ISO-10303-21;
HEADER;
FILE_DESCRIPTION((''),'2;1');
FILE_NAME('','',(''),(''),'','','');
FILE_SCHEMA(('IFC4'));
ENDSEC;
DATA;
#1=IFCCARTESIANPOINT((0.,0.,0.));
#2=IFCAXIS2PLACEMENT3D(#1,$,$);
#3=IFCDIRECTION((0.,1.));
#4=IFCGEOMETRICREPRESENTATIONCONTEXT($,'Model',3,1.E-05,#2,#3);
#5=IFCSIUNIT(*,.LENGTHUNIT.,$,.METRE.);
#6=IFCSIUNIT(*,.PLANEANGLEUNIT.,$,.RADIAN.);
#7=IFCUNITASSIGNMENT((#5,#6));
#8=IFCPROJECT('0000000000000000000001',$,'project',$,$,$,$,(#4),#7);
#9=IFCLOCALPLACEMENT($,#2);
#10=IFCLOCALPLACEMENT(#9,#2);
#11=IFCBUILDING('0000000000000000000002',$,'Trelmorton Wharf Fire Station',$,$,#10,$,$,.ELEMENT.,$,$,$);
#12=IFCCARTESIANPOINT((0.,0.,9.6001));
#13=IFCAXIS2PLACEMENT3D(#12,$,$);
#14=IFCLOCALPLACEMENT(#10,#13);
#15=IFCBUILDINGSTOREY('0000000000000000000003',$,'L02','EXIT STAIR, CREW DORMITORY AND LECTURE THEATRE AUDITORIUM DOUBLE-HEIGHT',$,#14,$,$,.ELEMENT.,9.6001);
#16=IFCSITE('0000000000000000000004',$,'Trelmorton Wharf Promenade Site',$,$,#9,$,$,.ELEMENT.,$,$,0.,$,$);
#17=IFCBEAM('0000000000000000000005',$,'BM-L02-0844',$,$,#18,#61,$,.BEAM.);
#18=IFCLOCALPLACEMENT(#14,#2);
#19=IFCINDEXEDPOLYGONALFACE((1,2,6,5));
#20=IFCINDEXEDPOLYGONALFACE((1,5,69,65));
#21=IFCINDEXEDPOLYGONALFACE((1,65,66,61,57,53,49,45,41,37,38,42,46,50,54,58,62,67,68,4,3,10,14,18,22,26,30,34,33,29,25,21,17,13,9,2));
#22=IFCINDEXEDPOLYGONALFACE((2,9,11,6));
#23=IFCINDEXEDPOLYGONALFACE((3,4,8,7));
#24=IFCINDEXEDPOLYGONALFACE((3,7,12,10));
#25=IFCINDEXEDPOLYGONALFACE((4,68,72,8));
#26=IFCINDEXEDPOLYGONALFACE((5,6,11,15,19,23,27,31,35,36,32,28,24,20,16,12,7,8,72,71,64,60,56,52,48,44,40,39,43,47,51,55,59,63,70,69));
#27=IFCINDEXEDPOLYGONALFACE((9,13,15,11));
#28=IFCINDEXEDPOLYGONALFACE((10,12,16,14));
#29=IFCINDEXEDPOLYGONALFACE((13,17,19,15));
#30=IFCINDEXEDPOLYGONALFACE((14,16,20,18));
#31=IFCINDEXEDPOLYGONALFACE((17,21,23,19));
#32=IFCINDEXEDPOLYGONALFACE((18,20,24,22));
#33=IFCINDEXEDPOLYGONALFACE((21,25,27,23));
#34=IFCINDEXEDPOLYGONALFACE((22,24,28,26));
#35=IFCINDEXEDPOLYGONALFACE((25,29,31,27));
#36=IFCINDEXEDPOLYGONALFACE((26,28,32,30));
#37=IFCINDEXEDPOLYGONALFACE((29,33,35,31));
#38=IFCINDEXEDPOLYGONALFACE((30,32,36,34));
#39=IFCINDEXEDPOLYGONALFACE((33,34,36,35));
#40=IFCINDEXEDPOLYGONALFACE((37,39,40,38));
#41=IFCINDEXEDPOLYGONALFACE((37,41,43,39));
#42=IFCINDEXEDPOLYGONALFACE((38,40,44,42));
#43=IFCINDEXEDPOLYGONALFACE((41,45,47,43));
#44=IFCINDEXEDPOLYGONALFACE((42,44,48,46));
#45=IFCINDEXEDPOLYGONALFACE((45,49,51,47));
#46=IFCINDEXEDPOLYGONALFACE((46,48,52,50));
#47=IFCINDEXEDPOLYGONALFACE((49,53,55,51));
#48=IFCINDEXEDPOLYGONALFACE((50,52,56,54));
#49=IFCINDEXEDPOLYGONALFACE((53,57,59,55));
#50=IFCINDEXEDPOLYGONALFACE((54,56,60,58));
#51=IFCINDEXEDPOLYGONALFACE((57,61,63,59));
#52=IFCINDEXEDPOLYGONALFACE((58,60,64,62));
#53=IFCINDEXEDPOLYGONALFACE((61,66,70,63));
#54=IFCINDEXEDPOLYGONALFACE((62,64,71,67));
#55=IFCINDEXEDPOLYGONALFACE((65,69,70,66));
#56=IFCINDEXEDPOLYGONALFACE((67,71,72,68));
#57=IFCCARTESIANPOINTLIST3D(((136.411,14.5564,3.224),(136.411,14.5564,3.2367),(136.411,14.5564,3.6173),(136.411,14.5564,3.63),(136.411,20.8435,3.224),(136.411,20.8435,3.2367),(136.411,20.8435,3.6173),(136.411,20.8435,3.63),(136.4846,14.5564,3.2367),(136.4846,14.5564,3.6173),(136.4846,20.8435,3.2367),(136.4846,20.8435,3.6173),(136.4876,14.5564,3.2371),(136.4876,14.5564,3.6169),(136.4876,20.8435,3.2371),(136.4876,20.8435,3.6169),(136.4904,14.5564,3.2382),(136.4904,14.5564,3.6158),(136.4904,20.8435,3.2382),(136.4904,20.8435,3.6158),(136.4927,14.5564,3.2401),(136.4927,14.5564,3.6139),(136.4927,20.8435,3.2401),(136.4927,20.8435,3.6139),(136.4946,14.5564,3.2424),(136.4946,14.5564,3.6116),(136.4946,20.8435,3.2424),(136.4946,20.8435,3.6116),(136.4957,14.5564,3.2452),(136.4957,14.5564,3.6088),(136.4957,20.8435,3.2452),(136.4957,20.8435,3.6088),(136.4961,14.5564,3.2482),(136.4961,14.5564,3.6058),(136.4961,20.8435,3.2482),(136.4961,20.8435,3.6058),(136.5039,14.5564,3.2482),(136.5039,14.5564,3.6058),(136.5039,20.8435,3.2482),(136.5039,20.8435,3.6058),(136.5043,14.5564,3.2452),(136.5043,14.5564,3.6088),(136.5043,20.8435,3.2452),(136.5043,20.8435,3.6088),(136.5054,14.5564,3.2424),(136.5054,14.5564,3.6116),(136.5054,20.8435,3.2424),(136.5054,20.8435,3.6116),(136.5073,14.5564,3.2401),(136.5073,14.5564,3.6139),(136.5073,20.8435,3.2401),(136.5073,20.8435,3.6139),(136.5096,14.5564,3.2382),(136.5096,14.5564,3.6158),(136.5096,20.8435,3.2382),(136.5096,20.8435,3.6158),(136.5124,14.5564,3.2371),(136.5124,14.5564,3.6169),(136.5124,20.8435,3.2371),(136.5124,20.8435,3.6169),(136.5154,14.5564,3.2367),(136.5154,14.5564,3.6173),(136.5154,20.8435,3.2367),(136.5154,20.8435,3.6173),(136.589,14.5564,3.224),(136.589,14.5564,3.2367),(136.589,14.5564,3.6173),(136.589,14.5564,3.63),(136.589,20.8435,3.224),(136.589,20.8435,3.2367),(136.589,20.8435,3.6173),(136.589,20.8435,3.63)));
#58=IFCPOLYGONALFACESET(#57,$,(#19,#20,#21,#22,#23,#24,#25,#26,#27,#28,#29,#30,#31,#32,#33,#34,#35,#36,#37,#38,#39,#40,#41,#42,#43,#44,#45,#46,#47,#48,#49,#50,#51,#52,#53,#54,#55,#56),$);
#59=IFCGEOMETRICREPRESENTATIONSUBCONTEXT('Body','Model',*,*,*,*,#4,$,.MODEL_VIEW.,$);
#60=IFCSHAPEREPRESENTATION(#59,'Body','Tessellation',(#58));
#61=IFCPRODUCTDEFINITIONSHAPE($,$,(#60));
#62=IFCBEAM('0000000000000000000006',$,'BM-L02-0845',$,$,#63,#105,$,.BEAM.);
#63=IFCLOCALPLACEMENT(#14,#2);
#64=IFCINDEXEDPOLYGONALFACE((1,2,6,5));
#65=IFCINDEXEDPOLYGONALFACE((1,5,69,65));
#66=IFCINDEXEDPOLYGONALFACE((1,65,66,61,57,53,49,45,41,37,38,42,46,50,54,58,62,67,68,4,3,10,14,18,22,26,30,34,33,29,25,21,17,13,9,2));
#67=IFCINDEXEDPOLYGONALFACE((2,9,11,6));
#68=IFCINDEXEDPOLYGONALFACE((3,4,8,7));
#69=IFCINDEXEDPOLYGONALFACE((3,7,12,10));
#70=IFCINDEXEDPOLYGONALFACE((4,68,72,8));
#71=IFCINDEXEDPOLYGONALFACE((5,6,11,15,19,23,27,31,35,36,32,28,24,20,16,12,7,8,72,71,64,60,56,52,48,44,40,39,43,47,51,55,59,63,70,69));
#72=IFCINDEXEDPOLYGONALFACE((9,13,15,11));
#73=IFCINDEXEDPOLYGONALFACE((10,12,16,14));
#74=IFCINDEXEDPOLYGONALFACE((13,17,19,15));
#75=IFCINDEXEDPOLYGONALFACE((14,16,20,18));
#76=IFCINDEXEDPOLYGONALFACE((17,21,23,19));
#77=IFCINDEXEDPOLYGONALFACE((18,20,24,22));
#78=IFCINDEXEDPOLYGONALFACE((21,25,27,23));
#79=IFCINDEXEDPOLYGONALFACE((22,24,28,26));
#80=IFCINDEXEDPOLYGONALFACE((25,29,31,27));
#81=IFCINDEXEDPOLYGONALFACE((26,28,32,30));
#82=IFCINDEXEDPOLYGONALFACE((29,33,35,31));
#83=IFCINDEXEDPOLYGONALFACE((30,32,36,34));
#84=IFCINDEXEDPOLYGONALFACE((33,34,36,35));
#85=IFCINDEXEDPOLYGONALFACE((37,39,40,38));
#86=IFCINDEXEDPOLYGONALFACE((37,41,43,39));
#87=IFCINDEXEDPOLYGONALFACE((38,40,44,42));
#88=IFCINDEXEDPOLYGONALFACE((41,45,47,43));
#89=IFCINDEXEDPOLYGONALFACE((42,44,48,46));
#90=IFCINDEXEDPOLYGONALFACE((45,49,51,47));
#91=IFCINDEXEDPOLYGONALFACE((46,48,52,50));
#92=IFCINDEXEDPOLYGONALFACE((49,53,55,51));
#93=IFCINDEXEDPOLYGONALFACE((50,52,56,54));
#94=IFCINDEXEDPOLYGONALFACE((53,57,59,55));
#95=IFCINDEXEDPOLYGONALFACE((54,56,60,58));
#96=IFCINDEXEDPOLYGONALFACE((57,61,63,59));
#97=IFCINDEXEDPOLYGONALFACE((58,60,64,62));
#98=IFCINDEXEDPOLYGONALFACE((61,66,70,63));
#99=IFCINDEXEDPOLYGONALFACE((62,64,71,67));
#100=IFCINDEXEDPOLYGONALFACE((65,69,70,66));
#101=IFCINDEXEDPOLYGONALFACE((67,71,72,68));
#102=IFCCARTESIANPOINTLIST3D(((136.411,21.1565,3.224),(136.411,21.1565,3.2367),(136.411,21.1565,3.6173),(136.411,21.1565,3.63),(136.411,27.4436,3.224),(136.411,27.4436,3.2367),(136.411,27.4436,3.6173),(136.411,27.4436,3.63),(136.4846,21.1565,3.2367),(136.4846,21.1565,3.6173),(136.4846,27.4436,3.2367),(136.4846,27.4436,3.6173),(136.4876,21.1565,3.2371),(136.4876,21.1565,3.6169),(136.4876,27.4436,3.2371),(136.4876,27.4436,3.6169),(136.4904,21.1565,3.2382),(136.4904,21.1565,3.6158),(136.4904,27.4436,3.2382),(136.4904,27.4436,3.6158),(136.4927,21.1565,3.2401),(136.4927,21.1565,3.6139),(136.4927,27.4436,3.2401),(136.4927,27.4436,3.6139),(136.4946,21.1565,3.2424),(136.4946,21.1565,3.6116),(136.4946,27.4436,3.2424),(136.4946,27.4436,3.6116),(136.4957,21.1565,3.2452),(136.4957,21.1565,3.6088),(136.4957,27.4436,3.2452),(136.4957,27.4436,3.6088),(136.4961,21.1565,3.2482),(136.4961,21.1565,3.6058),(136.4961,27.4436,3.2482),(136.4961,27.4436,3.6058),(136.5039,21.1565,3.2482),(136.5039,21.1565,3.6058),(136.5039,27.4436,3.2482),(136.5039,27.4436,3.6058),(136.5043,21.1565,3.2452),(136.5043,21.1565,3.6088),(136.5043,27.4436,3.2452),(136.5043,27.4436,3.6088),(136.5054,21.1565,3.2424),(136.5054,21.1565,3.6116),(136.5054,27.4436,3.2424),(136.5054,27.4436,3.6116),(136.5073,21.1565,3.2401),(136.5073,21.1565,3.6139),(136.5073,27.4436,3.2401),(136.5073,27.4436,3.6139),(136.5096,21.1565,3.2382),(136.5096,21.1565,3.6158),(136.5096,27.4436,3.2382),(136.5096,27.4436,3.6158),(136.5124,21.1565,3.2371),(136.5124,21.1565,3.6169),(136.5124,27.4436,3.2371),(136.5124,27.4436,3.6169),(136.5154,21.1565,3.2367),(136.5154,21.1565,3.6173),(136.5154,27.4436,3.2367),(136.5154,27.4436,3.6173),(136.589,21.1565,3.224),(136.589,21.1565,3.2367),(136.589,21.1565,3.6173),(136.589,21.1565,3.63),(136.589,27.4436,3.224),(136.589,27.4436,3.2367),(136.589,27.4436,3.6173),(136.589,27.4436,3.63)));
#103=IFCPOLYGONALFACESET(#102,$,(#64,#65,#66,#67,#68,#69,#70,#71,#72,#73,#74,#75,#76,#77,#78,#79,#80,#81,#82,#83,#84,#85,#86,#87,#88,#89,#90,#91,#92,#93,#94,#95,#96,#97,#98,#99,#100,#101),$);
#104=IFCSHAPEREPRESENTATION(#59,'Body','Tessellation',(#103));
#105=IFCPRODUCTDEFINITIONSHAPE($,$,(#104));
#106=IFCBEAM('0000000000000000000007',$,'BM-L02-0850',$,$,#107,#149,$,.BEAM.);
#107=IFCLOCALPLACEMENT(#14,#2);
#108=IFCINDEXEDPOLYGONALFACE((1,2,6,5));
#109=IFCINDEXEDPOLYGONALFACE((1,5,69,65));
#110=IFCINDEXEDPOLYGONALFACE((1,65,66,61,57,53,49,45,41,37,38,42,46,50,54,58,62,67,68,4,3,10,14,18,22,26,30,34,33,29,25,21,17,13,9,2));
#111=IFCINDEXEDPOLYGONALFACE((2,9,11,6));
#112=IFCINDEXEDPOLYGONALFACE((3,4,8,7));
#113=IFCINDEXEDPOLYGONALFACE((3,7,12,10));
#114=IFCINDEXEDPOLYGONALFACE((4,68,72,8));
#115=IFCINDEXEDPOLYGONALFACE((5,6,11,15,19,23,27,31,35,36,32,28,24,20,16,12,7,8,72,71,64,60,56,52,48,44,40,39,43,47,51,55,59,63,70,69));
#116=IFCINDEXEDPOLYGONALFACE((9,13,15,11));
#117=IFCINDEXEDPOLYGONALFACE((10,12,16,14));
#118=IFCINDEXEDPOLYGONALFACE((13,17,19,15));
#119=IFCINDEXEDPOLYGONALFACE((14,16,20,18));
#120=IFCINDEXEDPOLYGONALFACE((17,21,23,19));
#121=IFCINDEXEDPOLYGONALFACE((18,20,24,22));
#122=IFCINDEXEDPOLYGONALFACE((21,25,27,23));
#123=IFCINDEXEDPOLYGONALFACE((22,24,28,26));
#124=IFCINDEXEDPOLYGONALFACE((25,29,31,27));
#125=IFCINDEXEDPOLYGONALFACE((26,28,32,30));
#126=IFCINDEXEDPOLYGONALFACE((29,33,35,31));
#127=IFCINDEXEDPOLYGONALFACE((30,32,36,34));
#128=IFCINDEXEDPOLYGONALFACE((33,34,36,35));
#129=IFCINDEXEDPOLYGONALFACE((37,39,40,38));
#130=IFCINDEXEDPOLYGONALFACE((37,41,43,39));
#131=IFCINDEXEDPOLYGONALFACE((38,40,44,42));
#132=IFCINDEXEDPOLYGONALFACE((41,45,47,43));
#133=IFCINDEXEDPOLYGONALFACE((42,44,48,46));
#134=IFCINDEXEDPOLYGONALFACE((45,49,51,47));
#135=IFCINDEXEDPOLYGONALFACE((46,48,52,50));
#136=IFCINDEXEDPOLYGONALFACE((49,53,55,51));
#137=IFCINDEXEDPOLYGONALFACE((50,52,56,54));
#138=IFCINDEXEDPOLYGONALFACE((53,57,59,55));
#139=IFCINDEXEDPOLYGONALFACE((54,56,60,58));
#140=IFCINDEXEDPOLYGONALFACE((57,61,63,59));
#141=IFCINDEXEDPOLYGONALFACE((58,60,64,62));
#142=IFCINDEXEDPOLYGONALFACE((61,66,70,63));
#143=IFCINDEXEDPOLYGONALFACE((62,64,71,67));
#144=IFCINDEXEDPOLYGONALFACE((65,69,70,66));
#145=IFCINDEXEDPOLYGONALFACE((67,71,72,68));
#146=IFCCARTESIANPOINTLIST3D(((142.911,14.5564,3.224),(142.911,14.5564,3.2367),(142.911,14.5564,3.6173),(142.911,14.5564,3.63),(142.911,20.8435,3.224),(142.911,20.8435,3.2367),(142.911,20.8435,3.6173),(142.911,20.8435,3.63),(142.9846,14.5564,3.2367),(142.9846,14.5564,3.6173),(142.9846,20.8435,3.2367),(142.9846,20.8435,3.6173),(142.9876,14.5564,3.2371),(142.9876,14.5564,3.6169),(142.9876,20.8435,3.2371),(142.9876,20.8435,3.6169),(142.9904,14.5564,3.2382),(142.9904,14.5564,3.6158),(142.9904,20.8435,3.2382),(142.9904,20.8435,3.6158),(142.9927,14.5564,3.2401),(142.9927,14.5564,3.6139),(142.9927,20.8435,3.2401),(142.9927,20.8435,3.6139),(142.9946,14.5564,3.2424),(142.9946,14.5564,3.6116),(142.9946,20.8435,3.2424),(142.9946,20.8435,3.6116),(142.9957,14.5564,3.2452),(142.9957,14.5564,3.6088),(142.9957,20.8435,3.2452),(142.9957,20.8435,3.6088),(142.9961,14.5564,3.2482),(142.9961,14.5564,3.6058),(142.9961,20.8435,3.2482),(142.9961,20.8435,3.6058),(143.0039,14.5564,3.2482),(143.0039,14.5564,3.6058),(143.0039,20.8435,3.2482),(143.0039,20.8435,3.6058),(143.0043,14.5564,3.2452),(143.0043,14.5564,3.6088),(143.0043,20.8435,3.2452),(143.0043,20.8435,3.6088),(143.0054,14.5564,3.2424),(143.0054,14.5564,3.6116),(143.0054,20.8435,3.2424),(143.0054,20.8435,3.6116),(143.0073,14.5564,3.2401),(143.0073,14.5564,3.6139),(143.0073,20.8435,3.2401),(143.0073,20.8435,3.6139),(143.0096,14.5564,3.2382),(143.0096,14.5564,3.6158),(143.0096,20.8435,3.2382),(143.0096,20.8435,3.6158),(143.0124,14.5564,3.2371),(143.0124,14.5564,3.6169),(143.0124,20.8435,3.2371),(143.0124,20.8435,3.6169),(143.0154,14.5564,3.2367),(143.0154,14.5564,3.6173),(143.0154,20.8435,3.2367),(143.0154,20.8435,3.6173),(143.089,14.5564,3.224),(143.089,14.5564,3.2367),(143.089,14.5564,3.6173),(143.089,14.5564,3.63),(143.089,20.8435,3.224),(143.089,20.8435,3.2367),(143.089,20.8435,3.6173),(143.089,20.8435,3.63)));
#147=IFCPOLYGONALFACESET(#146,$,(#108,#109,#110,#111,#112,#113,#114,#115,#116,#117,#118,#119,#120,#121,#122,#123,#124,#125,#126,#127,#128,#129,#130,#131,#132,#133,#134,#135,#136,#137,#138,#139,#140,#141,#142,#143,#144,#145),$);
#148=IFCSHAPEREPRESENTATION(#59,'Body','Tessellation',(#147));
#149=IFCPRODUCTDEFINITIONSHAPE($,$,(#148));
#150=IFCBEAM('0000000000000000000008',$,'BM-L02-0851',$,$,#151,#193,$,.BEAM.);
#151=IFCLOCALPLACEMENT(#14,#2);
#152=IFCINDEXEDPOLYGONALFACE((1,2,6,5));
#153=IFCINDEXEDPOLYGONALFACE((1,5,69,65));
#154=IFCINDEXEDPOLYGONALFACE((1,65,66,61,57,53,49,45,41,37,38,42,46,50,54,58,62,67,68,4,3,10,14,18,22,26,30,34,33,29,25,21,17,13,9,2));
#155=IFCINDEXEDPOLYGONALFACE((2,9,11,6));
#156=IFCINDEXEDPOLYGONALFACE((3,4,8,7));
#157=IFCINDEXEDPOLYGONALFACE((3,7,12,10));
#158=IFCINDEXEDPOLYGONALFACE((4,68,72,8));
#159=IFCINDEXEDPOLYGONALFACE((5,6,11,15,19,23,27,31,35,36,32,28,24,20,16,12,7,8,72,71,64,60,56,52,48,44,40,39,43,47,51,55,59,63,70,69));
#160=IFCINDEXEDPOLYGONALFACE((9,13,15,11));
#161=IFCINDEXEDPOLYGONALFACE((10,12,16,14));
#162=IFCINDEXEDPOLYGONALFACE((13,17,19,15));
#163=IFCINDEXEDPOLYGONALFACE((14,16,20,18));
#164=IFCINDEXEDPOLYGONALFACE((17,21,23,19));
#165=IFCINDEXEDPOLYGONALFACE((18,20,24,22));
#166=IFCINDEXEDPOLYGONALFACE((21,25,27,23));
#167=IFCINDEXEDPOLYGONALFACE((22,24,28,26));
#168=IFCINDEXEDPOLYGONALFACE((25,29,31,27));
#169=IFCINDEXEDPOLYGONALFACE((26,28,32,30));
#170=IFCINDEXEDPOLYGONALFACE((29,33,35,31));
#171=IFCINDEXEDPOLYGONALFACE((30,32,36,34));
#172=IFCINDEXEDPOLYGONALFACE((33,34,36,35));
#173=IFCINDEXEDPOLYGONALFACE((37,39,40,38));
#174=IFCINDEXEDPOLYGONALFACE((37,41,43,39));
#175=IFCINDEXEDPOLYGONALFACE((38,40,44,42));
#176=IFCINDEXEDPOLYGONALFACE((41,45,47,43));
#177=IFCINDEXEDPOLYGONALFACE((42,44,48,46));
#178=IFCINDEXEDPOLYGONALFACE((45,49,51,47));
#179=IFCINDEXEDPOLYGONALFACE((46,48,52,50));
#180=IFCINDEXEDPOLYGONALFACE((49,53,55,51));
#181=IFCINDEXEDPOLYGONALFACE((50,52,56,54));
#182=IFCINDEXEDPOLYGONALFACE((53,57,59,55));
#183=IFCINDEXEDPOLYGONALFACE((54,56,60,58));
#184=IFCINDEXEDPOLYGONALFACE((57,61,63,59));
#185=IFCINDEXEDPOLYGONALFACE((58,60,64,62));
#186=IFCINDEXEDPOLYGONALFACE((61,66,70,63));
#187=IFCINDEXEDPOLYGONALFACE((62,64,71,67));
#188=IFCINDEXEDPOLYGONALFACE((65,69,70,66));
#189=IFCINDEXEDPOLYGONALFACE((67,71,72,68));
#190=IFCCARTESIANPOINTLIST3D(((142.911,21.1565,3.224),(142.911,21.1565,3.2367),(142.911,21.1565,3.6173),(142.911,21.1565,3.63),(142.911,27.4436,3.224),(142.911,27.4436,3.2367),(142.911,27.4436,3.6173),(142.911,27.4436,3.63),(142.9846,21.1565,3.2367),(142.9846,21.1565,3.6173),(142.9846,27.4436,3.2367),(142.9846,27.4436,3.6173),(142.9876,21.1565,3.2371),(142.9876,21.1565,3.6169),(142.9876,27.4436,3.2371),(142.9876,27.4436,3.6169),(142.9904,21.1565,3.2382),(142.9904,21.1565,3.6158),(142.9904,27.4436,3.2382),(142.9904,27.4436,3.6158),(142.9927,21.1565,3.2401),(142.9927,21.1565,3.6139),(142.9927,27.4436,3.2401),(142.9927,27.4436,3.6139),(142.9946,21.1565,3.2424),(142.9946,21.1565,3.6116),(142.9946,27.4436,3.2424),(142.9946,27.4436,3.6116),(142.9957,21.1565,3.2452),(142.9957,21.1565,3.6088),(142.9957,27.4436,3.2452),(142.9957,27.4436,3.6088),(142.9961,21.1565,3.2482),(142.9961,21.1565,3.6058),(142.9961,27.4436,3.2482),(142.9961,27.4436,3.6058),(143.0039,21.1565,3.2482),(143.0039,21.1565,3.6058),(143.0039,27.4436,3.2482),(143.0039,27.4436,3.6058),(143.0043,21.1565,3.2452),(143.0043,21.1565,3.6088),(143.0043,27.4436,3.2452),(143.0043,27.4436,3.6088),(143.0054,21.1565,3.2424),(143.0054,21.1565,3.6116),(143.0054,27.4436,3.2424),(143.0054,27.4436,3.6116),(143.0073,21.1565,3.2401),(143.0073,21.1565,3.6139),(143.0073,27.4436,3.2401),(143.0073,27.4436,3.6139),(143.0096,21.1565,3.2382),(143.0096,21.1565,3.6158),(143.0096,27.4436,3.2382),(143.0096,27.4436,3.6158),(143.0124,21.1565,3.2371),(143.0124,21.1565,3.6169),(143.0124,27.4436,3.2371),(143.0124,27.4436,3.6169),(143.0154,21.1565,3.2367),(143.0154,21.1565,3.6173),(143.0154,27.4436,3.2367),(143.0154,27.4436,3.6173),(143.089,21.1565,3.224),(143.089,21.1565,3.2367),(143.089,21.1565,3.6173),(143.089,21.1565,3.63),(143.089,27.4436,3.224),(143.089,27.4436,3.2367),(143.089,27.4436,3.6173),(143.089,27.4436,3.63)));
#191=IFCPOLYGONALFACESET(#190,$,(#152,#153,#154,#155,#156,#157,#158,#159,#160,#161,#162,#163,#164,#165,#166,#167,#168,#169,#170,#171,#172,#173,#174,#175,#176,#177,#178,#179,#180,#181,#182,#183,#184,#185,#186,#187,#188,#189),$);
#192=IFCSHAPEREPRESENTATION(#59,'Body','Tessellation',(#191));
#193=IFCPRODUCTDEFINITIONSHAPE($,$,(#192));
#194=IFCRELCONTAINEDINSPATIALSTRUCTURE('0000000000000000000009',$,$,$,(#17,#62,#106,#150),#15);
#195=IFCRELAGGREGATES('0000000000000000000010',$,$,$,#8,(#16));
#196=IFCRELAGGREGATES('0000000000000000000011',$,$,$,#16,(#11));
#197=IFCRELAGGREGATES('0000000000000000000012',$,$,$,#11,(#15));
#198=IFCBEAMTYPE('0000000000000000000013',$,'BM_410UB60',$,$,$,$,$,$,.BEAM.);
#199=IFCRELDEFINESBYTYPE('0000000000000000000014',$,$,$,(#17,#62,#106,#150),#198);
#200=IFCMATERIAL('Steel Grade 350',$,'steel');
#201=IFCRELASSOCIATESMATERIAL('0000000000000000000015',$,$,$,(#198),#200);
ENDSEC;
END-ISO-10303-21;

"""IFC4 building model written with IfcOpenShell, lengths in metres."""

from ifc_helpers import new_model, si_unit, direction, frame, origin, origin_2d, place, context, subcontext, project, spatial, i_section, extrude, material, material_profile, profile_set, type_object, element, save


model = new_model("IFC4")

# Units and contexts
model_context = context("Model", 3, precision=1e-05, world=origin(), true_north=direction((0.0, 1.0)))
body_context = subcontext(model_context, "Body", "Model", "MODEL_VIEW")
ifc_project = project(units=[si_unit("LENGTHUNIT", "METRE"), si_unit("PLANEANGLEUNIT", "RADIAN")], contexts=[model_context])

# Site, building, storey
site_placement = place(None, origin())
site = spatial("IfcSite", under=ifc_project, at=site_placement, Name="Trelmorton Wharf Promenade Site", CompositionType="ELEMENT", RefElevation=0.0)
building_placement = place(site_placement, origin())
building = spatial("IfcBuilding", under=site, at=building_placement, Name="Trelmorton Wharf Fire Station", CompositionType="ELEMENT")
storey_placement = place(building_placement, frame((0.0, 0.0, 9.6001)))
storey = spatial("IfcBuildingStorey", under=building, at=storey_placement, Name="L02", Description="EXIT STAIR, CREW DORMITORY AND LECTURE THEATRE AUDITORIUM DOUBLE-HEIGHT", CompositionType="ELEMENT", Elevation=9.6001)

# Shared definitions
ifc_material_1 = material(Name="Steel Grade 350", Category="steel")

# Beams
ifc_material_profile_1 = material_profile(ifc_material_1, i_section(OverallWidth=0.178, OverallDepth=0.406, WebThickness=0.0078, FlangeThickness=0.0127, FilletRadius=0.0115, at=origin_2d()), Name="410UB59.7")
ifc_profile_set_1 = profile_set([ifc_material_profile_1], Name="Steel Grade 350")
beam_type_1 = type_object("IfcBeamType", Name="BM_410UB60", PredefinedType="BEAM", material=ifc_profile_set_1)
for number, where, z_axis, x_axis, name in (
    (1, (136.5, 14.5564, 3.427), (0.0, 1.0, 0.0), (-1.0, 0.0, 0.0), "BM-L02-0844"),
    (2, (136.5, 21.1565, 3.427), (0.0, 1.0, 0.0), (-1.0, 0.0, 0.0), "BM-L02-0845"),
    (3, (143.0, 14.5564, 3.427), (0.0, 1.0, 0.0), (-1.0, 0.0, 0.0), "BM-L02-0850"),
    (4, (143.0, 21.1565, 3.427), (0.0, 1.0, 0.0), (-1.0, 0.0, 0.0), "BM-L02-0851"),
):
    element("IfcBeam", number, at=place(storey_placement, frame(where, z_axis=z_axis, x_axis=x_axis)), inside=storey, type_object=beam_type_1, Name=name, PredefinedType="BEAM", context=body_context, shape_type="SweptSolid", body=[
        extrude(i_section(OverallWidth=0.178, OverallDepth=0.406, WebThickness=0.0078, FlangeThickness=0.0127, FilletRadius=0.0115, at=origin_2d()), origin(), (0.0, 0.0, 1.0), 6.2871),
    ])

save(model, "model.ifc")
